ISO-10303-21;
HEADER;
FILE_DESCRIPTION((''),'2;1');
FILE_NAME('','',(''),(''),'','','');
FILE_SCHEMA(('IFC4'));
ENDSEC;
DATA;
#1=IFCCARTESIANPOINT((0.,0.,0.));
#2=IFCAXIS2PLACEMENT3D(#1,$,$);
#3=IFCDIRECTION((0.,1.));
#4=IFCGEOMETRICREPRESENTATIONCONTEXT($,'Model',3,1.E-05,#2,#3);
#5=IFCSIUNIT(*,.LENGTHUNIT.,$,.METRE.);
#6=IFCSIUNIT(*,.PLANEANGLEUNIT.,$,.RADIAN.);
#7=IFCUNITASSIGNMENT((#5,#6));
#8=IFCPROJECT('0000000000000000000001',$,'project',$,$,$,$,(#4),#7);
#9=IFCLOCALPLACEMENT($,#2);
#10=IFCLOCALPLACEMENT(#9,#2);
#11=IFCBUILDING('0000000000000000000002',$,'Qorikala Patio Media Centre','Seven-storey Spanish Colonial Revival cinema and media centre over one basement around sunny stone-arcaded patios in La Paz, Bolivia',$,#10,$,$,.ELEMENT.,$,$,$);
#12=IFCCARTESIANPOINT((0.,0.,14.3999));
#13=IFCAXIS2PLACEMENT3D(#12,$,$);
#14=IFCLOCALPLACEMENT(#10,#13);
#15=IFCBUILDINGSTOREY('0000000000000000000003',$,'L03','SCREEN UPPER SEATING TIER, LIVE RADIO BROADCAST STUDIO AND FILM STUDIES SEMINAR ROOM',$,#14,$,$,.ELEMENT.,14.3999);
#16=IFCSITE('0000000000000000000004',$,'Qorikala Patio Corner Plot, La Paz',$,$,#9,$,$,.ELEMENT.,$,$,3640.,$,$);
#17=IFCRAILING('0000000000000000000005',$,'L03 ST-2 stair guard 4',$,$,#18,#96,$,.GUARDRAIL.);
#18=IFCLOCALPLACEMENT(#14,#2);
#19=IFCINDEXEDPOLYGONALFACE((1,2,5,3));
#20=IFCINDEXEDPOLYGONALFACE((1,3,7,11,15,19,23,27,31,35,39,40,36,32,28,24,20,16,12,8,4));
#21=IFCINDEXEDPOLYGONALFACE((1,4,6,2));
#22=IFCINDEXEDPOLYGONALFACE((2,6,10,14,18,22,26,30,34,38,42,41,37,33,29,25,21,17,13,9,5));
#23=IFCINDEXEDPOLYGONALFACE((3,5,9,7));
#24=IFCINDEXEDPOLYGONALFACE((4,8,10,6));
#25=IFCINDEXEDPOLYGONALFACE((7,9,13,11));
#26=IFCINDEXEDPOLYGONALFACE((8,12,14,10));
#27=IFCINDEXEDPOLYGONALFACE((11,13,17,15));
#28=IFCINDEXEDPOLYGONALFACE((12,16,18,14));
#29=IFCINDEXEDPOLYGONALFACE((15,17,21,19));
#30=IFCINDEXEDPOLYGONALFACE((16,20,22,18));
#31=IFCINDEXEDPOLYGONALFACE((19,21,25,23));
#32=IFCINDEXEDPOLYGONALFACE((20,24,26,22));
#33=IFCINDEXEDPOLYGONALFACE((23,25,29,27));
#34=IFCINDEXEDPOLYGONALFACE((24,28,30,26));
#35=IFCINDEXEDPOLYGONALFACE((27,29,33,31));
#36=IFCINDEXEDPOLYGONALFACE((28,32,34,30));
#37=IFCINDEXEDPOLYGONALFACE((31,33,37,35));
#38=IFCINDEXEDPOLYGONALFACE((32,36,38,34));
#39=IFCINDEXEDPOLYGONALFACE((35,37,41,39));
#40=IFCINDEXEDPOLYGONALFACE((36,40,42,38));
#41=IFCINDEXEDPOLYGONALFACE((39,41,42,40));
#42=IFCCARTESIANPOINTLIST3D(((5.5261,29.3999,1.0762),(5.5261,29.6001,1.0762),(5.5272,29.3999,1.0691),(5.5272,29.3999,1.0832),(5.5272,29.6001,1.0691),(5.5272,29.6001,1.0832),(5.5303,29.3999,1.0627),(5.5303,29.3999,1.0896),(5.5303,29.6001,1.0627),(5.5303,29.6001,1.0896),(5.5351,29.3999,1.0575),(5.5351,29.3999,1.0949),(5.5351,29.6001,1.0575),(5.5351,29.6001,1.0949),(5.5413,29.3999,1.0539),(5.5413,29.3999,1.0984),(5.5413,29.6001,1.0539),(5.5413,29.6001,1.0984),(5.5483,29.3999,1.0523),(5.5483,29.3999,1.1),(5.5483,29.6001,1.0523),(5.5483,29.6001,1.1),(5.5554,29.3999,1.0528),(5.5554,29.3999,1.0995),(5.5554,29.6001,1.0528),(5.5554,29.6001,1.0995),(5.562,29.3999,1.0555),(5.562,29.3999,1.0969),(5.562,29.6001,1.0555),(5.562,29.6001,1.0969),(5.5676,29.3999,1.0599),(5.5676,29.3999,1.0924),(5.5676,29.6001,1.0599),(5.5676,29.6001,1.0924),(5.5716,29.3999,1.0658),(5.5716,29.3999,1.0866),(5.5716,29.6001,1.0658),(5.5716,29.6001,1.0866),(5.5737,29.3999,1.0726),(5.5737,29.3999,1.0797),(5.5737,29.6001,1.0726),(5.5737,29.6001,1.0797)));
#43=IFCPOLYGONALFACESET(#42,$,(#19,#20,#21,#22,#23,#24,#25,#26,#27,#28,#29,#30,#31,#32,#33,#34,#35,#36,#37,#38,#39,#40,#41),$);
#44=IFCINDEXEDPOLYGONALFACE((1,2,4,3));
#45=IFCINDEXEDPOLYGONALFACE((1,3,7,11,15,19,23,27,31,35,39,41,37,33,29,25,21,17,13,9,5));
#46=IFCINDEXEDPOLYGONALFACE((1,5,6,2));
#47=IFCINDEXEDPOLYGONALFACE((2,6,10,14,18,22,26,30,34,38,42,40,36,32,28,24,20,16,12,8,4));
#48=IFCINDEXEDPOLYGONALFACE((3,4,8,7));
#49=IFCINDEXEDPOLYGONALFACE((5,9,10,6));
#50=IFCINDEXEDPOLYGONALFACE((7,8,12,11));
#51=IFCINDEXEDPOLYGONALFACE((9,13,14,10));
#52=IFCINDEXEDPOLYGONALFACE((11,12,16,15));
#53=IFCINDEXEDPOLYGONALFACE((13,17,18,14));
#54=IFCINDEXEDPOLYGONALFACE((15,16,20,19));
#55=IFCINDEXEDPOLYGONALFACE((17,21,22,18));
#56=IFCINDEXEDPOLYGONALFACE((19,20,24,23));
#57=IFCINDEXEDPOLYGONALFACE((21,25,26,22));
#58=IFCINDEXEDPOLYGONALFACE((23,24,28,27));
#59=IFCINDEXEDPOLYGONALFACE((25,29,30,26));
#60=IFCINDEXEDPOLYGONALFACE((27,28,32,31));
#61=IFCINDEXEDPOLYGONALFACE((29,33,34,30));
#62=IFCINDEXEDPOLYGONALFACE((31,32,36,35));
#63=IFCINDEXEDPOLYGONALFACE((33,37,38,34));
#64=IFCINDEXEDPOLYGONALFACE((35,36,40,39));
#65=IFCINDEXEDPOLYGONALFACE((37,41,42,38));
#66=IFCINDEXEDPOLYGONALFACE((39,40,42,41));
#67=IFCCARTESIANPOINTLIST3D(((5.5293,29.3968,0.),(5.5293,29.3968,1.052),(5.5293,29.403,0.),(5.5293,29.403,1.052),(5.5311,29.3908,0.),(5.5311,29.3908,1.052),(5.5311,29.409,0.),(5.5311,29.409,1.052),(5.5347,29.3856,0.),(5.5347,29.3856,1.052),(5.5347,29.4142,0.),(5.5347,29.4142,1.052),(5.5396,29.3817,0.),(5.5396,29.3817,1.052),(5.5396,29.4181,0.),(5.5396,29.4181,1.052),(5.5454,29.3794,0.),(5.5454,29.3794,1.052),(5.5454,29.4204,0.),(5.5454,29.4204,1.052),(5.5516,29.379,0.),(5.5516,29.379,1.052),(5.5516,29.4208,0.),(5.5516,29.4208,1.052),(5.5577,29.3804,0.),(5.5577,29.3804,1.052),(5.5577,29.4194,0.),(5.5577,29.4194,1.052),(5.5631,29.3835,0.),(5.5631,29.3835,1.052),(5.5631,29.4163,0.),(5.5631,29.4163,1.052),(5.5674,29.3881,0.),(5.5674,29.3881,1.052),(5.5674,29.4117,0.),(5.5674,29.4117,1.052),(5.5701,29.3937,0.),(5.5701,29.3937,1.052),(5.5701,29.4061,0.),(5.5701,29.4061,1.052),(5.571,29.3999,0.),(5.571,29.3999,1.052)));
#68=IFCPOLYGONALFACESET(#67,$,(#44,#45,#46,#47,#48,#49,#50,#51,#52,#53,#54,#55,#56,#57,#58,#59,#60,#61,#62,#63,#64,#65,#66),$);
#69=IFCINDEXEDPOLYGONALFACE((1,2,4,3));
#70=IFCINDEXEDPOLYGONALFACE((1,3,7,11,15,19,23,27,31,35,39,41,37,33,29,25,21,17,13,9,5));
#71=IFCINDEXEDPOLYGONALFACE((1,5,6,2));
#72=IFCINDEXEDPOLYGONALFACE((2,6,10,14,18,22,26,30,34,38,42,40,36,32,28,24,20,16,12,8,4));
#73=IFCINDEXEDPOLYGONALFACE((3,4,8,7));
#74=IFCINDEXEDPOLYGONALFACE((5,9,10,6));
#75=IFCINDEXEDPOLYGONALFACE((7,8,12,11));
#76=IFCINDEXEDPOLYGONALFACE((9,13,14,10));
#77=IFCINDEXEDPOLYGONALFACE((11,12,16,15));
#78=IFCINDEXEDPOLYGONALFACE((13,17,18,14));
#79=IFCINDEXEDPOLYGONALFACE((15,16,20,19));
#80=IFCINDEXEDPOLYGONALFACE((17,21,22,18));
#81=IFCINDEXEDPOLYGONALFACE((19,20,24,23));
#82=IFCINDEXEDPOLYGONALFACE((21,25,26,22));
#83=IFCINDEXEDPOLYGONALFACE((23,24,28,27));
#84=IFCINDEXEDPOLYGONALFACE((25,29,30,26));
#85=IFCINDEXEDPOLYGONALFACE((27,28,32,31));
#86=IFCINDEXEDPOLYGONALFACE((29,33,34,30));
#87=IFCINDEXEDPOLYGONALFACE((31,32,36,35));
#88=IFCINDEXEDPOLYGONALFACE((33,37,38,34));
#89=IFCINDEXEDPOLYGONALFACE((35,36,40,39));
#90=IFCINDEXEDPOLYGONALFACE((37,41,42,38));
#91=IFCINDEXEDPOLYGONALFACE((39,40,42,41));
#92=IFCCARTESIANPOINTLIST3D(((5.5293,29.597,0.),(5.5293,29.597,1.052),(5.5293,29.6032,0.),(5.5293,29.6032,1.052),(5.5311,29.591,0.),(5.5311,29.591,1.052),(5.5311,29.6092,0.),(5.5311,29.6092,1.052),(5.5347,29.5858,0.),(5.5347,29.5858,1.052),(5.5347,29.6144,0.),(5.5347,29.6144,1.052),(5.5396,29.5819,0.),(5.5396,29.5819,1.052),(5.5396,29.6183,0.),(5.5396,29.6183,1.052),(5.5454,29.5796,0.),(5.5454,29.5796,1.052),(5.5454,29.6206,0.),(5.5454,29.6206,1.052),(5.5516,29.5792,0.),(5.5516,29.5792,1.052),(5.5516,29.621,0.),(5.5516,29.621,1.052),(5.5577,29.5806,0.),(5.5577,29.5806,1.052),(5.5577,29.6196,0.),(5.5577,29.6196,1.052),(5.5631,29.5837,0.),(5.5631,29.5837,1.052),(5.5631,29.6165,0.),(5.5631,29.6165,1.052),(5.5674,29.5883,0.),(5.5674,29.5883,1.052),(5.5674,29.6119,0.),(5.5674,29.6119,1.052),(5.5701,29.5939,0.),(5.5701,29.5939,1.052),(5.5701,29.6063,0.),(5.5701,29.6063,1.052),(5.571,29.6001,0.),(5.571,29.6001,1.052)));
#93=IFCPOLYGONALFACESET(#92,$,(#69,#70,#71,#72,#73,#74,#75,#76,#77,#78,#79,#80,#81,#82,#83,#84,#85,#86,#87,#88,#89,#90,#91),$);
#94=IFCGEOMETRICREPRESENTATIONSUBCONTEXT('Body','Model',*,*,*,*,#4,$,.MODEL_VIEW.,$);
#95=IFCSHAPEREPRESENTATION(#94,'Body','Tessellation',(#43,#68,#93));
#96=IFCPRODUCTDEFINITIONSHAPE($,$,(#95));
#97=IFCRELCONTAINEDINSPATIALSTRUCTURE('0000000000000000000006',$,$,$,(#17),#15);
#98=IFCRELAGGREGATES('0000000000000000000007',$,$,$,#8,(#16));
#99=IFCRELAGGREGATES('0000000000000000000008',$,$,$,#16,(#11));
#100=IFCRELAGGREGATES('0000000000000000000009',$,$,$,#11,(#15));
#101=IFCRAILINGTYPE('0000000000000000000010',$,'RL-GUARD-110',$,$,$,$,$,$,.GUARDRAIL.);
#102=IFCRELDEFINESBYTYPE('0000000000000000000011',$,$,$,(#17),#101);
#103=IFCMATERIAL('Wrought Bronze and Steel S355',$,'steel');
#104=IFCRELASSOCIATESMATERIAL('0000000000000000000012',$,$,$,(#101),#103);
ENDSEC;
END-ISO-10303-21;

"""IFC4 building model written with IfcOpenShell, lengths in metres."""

from ifc_helpers import new_model, si_unit, direction, frame, origin, origin_2d, place, context, subcontext, project, spatial, circle, extrude, material, type_object, element, save


model = new_model("IFC4")

# Units and contexts
model_context = context("Model", 3, precision=1e-05, world=origin(), true_north=direction((0.0, 1.0)))
body_context = subcontext(model_context, "Body", "Model", "MODEL_VIEW")
ifc_project = project(units=[si_unit("LENGTHUNIT", "METRE"), si_unit("PLANEANGLEUNIT", "RADIAN")], contexts=[model_context])

# Site, building, storey
site_placement = place(None, origin())
site = spatial("IfcSite", under=ifc_project, at=site_placement, Name="Qorikala Patio Corner Plot, La Paz", CompositionType="ELEMENT", RefElevation=3640.0)
building_placement = place(site_placement, origin())
building = spatial("IfcBuilding", under=site, at=building_placement, Name="Qorikala Patio Media Centre", Description="Seven-storey Spanish Colonial Revival cinema and media centre over one basement around sunny stone-arcaded patios in La Paz, Bolivia", CompositionType="ELEMENT")
storey_placement = place(building_placement, frame((0.0, 0.0, 14.3999)))
storey = spatial("IfcBuildingStorey", under=building, at=storey_placement, Name="L03", Description="SCREEN UPPER SEATING TIER, LIVE RADIO BROADCAST STUDIO AND FILM STUDIES SEMINAR ROOM", CompositionType="ELEMENT", Elevation=14.3999)

# Railing
ifc_material_1 = material(Name="Wrought Bronze and Steel S355", Category="steel")
railing_type_1 = type_object("IfcRailingType", Name="RL-GUARD-110", PredefinedType="GUARDRAIL", material=ifc_material_1)
railing_1_placement = place(storey_placement, frame((5.55, 29.3999, 0.0)))
element("IfcRailing", 1, at=railing_1_placement, inside=storey, type_object=railing_type_1, Name="L03 ST-2 stair guard 4", PredefinedType="GUARDRAIL", context=body_context, shape_type="SweptSolid", body=[
    extrude(circle(Radius=0.0239, at=origin_2d()), frame((0.0, 0.0, 1.0762), z_axis=(0.0, 1.0, 0.0), x_axis=(-1.0, 0.0, 0.0)), (0.0, 0.0, 1.0), 0.2002),
    extrude(circle(Radius=0.021, at=origin_2d()), origin(), (0.0, 0.0, 1.0), 1.052),
    extrude(circle(Radius=0.021, at=origin_2d()), frame((0.0, 0.2002, 0.0)), (0.0, 0.0, 1.0), 1.052),
])

save(model, "model.ifc")
